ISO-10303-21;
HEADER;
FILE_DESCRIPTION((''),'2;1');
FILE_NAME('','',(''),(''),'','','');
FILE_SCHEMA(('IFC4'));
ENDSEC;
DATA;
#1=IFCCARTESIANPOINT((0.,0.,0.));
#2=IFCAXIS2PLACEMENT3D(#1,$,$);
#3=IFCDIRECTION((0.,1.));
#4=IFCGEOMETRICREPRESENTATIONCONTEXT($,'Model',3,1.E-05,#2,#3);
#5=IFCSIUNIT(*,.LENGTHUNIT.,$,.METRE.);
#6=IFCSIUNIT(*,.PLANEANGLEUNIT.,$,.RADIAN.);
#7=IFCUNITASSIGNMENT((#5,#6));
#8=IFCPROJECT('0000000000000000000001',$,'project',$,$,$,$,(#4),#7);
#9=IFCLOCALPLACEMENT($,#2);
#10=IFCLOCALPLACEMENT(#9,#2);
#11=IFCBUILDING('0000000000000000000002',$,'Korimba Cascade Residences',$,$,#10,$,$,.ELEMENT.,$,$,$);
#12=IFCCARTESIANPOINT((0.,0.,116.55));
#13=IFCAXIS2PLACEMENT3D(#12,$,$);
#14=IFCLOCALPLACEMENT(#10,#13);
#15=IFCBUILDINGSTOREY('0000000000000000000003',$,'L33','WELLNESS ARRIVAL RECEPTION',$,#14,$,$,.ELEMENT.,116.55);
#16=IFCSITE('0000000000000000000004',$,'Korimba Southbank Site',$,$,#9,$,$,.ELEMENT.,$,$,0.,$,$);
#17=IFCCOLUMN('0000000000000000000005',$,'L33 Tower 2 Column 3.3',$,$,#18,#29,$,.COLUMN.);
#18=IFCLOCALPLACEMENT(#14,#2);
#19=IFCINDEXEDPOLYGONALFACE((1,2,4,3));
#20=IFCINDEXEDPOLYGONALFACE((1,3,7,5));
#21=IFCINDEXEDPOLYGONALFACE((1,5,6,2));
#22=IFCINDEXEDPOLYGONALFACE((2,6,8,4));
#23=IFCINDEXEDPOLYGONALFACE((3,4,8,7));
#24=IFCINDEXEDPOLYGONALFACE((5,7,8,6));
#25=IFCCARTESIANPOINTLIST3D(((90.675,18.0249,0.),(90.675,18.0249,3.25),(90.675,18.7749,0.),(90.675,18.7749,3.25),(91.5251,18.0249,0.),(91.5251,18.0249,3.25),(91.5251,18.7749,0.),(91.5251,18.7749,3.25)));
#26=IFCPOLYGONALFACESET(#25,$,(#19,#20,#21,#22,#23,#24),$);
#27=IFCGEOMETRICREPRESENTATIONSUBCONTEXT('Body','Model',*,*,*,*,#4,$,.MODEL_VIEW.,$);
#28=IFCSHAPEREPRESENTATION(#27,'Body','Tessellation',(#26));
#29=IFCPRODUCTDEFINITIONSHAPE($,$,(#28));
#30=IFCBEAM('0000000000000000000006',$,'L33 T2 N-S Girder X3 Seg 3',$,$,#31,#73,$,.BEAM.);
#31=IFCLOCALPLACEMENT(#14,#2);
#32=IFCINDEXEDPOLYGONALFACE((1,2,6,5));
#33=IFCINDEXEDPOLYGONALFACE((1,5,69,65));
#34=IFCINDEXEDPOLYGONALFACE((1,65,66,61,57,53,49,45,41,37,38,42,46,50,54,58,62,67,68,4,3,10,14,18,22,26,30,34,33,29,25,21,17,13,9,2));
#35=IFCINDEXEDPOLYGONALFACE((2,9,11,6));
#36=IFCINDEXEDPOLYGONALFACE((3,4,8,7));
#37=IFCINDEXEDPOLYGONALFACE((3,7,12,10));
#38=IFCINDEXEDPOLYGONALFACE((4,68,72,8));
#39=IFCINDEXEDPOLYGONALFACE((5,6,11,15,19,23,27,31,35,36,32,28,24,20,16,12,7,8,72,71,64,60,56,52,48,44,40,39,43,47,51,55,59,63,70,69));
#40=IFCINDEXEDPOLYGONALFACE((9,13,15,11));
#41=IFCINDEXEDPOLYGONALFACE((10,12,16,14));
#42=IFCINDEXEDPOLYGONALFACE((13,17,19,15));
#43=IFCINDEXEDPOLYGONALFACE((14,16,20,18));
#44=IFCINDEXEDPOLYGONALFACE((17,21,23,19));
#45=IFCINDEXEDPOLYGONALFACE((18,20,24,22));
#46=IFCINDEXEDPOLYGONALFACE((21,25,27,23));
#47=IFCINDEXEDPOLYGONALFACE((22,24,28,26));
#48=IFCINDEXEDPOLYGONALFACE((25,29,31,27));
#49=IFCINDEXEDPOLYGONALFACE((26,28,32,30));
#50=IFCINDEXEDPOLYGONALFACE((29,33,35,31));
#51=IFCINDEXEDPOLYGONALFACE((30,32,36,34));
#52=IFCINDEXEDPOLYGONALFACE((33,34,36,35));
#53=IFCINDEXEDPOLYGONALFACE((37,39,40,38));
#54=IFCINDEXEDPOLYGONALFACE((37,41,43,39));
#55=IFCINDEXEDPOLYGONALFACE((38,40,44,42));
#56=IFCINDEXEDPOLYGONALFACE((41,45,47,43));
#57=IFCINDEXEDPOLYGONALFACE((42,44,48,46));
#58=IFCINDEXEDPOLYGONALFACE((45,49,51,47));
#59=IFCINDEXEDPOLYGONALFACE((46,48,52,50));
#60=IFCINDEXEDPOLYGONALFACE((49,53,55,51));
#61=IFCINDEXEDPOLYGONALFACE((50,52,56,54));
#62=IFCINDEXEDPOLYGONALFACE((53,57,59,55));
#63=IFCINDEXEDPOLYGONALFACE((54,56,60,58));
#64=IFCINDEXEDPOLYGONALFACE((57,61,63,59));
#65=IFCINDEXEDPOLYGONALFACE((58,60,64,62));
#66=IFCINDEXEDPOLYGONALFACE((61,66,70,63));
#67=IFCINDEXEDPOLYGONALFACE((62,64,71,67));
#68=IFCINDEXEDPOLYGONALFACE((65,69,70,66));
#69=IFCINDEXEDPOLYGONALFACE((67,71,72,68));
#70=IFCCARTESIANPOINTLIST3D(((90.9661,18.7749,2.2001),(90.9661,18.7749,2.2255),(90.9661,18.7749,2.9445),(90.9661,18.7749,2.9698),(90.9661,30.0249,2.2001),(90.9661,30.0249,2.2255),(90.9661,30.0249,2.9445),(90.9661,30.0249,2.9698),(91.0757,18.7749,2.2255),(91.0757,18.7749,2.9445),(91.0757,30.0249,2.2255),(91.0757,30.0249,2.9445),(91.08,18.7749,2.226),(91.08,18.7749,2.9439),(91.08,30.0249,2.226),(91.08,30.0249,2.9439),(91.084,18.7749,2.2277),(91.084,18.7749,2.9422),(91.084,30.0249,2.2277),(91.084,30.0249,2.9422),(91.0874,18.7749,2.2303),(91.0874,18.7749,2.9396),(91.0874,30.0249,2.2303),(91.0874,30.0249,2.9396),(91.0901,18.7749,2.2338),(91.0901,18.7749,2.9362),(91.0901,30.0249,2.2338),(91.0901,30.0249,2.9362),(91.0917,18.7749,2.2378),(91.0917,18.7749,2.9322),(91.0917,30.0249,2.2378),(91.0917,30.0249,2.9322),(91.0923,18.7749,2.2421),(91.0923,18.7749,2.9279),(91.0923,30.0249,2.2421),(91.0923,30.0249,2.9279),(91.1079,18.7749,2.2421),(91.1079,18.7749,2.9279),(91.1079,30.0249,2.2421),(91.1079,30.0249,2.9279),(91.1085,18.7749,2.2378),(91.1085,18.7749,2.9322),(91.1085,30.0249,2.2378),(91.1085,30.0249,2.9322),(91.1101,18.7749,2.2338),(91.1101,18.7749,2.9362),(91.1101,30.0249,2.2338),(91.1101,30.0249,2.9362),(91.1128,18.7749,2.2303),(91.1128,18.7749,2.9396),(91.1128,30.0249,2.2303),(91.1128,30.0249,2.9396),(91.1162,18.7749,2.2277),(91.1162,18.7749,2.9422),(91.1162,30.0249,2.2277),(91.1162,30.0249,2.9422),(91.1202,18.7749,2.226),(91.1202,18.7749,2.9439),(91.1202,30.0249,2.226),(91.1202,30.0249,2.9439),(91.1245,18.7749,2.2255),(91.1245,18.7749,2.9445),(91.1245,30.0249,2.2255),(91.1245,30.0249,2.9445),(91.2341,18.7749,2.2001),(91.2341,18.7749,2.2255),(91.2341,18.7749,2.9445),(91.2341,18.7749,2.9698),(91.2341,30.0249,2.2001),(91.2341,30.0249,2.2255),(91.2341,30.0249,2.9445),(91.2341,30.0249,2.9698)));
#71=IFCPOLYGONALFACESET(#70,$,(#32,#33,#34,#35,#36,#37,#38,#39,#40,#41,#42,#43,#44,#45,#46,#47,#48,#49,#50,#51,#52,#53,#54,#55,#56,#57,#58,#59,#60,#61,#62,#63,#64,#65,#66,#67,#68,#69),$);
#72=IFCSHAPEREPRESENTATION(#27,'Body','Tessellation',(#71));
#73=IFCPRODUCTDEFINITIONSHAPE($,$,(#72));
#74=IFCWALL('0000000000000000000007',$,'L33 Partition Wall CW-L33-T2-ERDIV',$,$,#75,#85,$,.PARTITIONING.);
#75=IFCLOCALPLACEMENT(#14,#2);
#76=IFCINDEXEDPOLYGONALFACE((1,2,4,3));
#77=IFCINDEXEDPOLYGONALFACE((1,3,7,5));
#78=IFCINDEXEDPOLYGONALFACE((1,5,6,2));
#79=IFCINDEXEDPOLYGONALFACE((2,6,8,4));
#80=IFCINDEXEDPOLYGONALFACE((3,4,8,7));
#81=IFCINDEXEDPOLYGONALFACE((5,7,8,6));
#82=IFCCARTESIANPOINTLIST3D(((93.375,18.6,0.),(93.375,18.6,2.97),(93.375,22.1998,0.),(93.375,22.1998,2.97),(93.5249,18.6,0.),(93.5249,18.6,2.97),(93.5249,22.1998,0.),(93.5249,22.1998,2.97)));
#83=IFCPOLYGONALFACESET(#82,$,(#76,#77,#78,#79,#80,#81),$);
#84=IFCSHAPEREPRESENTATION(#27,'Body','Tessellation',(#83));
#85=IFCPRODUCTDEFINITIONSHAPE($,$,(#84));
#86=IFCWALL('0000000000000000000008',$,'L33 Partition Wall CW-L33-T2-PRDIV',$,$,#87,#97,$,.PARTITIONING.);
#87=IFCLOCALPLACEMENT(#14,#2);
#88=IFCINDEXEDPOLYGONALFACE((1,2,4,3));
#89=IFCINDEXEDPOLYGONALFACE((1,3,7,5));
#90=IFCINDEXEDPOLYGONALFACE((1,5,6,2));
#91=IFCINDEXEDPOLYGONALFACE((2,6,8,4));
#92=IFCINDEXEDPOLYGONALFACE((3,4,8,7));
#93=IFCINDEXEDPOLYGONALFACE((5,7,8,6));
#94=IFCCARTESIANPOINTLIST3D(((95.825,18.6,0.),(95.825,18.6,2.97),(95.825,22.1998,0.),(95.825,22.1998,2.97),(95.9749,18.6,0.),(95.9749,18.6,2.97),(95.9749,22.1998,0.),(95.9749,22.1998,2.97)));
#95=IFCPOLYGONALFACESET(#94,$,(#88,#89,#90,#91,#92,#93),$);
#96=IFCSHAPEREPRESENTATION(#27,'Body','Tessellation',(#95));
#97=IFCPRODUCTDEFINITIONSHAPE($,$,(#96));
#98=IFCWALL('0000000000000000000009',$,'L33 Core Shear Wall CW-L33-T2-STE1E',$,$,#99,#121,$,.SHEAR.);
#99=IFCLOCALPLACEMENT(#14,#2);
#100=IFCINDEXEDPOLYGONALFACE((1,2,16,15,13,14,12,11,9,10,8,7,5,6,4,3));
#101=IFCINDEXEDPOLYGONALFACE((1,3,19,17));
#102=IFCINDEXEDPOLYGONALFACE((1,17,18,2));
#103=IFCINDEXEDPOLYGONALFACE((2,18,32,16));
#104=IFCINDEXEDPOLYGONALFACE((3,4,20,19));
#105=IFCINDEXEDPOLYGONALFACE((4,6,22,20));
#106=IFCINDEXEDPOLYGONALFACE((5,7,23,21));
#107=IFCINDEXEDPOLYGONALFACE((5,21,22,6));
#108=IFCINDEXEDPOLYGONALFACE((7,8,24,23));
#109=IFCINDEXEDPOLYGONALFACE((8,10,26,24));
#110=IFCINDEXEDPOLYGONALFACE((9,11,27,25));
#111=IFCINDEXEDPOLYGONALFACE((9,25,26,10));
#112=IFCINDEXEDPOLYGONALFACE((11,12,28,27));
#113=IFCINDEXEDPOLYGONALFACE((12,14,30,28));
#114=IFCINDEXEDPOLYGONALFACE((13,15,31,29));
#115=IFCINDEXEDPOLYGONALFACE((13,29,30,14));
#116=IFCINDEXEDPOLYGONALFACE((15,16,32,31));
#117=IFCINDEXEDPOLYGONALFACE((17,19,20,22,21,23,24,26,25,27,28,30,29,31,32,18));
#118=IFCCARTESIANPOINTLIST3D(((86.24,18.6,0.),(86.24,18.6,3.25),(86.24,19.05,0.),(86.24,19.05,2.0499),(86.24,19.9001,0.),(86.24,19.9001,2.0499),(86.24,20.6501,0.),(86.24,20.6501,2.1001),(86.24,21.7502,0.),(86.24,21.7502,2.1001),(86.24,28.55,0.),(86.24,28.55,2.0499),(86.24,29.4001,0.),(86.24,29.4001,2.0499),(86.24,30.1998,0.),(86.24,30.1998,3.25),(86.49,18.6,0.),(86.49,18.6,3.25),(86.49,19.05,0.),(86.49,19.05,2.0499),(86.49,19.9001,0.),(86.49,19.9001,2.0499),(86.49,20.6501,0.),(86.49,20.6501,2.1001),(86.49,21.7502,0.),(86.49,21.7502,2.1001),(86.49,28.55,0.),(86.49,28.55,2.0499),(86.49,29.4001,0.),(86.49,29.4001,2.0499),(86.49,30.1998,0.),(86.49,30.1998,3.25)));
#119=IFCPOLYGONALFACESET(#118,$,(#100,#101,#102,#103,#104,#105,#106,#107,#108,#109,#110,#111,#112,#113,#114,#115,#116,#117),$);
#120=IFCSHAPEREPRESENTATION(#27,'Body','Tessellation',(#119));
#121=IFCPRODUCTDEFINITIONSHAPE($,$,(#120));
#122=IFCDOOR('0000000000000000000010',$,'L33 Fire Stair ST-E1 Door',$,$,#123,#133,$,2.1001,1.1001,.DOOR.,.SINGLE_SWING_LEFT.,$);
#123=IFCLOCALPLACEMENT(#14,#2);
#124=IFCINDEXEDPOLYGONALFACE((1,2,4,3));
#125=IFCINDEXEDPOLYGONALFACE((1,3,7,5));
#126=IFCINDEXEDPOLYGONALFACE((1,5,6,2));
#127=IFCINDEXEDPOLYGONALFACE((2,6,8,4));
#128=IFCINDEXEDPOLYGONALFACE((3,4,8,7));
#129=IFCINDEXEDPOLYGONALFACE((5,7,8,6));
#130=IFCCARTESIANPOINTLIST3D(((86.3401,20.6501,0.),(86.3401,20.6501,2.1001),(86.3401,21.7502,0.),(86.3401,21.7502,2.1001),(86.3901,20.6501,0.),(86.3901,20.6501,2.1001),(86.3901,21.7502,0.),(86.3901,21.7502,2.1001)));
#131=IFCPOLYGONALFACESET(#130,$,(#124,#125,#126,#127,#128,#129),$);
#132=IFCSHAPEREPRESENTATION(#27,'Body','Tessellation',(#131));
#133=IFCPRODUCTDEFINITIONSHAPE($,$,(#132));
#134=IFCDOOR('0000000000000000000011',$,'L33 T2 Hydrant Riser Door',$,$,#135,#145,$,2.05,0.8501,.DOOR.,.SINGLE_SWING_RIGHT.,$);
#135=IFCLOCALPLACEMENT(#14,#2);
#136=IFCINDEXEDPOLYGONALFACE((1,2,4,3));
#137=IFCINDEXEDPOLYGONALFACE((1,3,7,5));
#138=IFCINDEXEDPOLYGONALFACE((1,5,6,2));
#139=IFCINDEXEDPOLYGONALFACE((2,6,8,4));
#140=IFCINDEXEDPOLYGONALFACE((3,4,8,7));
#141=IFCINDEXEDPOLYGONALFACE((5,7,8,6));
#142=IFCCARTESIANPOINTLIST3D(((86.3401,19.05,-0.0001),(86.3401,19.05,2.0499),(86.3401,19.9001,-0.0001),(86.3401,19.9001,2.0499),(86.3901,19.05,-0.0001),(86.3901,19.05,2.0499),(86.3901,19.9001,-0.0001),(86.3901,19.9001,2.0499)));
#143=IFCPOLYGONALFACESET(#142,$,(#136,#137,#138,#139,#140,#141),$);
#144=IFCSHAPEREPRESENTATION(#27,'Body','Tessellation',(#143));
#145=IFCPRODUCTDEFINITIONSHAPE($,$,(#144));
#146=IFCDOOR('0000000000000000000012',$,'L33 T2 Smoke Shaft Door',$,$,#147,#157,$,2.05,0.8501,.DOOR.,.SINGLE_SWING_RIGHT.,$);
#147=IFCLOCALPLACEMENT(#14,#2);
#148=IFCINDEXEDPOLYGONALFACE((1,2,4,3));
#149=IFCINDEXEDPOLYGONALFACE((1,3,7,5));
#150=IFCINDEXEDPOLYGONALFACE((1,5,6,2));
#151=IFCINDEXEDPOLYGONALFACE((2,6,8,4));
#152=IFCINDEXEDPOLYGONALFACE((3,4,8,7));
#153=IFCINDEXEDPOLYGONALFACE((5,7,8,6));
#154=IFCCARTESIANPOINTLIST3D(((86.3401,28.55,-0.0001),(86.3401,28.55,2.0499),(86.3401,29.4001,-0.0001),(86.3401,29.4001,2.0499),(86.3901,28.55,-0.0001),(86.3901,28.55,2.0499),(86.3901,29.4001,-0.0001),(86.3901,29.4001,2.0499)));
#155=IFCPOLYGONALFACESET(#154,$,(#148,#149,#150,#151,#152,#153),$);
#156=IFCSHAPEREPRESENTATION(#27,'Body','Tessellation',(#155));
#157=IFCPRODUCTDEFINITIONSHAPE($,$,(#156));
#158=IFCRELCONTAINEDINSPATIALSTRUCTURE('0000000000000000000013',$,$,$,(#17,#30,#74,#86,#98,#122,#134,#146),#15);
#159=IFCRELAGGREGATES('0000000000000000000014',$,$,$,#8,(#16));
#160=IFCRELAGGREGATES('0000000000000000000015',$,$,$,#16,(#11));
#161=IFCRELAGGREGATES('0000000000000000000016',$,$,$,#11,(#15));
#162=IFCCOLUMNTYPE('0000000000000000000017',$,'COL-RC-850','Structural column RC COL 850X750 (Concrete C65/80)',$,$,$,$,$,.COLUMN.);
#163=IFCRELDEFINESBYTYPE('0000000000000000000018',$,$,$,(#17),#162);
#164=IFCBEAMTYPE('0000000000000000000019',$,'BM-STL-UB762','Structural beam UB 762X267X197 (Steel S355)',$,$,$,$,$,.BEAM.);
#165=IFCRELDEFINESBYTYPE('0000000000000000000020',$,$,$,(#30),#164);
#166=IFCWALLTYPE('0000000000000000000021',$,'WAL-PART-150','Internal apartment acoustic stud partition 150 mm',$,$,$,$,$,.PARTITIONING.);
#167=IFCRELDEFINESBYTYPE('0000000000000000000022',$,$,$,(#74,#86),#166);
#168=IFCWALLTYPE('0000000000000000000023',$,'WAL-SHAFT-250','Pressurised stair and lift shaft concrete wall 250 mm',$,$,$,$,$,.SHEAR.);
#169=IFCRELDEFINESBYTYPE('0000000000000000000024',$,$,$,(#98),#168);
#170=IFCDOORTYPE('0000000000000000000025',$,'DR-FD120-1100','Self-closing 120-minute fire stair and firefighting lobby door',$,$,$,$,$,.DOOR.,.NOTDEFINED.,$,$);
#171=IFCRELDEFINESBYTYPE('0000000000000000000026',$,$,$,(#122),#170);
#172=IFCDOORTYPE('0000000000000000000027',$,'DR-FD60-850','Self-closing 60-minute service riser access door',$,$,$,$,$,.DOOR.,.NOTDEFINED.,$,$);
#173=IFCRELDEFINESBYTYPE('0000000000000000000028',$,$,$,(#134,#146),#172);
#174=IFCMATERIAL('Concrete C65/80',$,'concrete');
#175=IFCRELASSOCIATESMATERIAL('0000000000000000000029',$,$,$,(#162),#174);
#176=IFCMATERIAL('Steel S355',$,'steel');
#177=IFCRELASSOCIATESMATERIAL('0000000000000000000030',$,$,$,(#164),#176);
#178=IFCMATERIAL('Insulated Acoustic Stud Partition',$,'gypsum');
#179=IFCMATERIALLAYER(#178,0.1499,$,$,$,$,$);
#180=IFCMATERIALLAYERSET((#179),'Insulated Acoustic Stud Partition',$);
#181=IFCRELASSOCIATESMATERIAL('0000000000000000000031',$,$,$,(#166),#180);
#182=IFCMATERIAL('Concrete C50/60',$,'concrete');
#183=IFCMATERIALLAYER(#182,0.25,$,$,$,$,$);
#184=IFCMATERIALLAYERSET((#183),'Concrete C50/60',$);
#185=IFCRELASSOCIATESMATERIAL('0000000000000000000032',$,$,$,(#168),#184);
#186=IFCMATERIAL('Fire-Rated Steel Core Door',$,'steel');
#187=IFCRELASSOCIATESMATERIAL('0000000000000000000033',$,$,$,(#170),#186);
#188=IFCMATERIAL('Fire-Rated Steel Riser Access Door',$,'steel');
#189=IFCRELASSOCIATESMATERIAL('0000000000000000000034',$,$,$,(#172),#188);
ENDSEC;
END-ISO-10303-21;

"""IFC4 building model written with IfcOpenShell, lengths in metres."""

from ifc_helpers import new_model, si_unit, direction, frame, frame_2d, origin, origin_2d, place, context, subcontext, project, spatial, rectangle, i_section, extrude, material, layer, layer_set, material_profile, profile_set, type_object, element, fill, save


model = new_model("IFC4")

# Units and contexts
model_context = context("Model", 3, precision=1e-05, world=origin(), true_north=direction((0.0, 1.0)))
body_context = subcontext(model_context, "Body", "Model", "MODEL_VIEW")
ifc_project = project(units=[si_unit("LENGTHUNIT", "METRE"), si_unit("PLANEANGLEUNIT", "RADIAN")], contexts=[model_context])

# Site, building, storey
site_placement = place(None, origin())
site = spatial("IfcSite", under=ifc_project, at=site_placement, Name="Korimba Southbank Site", CompositionType="ELEMENT", RefElevation=0.0)
building_placement = place(site_placement, origin())
building = spatial("IfcBuilding", under=site, at=building_placement, Name="Korimba Cascade Residences", CompositionType="ELEMENT")
storey_placement = place(building_placement, frame((0.0, 0.0, 116.55)))
storey = spatial("IfcBuildingStorey", under=building, at=storey_placement, Name="L33", Description="WELLNESS ARRIVAL RECEPTION", CompositionType="ELEMENT", Elevation=116.55)

# Column
ifc_material_1 = material(Name="Concrete C65/80", Category="concrete")
ifc_material_profile_1 = material_profile(ifc_material_1, rectangle(XDim=0.8501, YDim=0.75, at=origin_2d()), Name="Concrete C65/80")
ifc_profile_set_1 = profile_set([ifc_material_profile_1], Name="Concrete C65/80")
column_type = type_object("IfcColumnType", Name="COL-RC-850", Description="Structural column RC COL 850X750 (Concrete C65/80)", PredefinedType="COLUMN", material=ifc_profile_set_1)
column_placement = place(storey_placement, frame((91.1001, 18.3999, 0.0), z_axis=(0.0, 0.0, 1.0), x_axis=(1.0, 0.0, 0.0)))
element("IfcColumn", 1, at=column_placement, inside=storey, type_object=column_type, Name="L33 Tower 2 Column 3.3", PredefinedType="COLUMN", context=body_context, shape_type="SweptSolid", body=[
    extrude(rectangle(XDim=0.8501, YDim=0.75, at=origin_2d()), origin(), (0.0, 0.0, 1.0), 3.25),
])

# Beam
ifc_material_2 = material(Name="Steel S355", Category="steel")
ifc_material_profile_2 = material_profile(ifc_material_2, i_section(OverallWidth=0.2681, OverallDepth=0.7698, WebThickness=0.0156, FlangeThickness=0.0254, FilletRadius=0.0166, at=origin_2d()), Name="Steel S355")
ifc_profile_set_2 = profile_set([ifc_material_profile_2], Name="Steel S355")
beam_type = type_object("IfcBeamType", Name="BM-STL-UB762", Description="Structural beam UB 762X267X197 (Steel S355)", PredefinedType="BEAM", material=ifc_profile_set_2)
beam_placement = place(storey_placement, frame((91.1001, 18.7749, 2.585), z_axis=(0.0, 1.0, 0.0), x_axis=(-1.0, 0.0, 0.0)))
element("IfcBeam", 2, at=beam_placement, inside=storey, type_object=beam_type, Name="L33 T2 N-S Girder X3 Seg 3", PredefinedType="BEAM", context=body_context, shape_type="SweptSolid", body=[
    extrude(i_section(OverallWidth=0.2681, OverallDepth=0.7698, WebThickness=0.0156, FlangeThickness=0.0254, FilletRadius=0.0166, at=origin_2d()), origin(), (0.0, 0.0, 1.0), 11.25),
])

# Walls
ifc_material_3 = material(Name="Insulated Acoustic Stud Partition", Category="gypsum")
ifc_layer_1 = layer(ifc_material_3, 0.1499)
ifc_layer_set_1 = layer_set([ifc_layer_1], Name="Insulated Acoustic Stud Partition")
wall_type_1 = type_object("IfcWallType", Name="WAL-PART-150", Description="Internal apartment acoustic stud partition 150 mm", PredefinedType="PARTITIONING", material=ifc_layer_set_1)
for number, where, z_axis, x_axis, name in (
    (3, (93.45, 18.6001, 0.0), (0.0, 0.0, 1.0), (0.0, 1.0, 0.0), "L33 Partition Wall CW-L33-T2-ERDIV"),
    (4, (95.8999, 18.6001, 0.0), (0.0, 0.0, 1.0), (0.0, 1.0, 0.0), "L33 Partition Wall CW-L33-T2-PRDIV"),
):
    element("IfcWall", number, at=place(storey_placement, frame(where, z_axis=z_axis, x_axis=x_axis)), inside=storey, type_object=wall_type_1, Name=name, PredefinedType="PARTITIONING", context=body_context, shape_type="SweptSolid", body=[
        extrude(rectangle(XDim=3.5999, YDim=0.1499, at=frame_2d((1.7998, 0.0))), origin(), (0.0, 0.0, 1.0), 2.97),
    ])

# Wall, openings, doors
ifc_material_4 = material(Name="Concrete C50/60", Category="concrete")
ifc_layer_2 = layer(ifc_material_4, 0.25)
ifc_layer_set_2 = layer_set([ifc_layer_2], Name="Concrete C50/60")
wall_type_2 = type_object("IfcWallType", Name="WAL-SHAFT-250", Description="Pressurised stair and lift shaft concrete wall 250 mm", PredefinedType="SHEAR", material=ifc_layer_set_2)
wall_1_placement = place(storey_placement, frame((86.365, 18.6001, 0.0), z_axis=(0.0, 0.0, 1.0), x_axis=(0.0, 1.0, 0.0)))
wall_1 = element("IfcWall", 5, at=wall_1_placement, inside=storey, type_object=wall_type_2, Name="L33 Core Shear Wall CW-L33-T2-STE1E", PredefinedType="SHEAR", context=body_context, shape_type="SweptSolid", body=[
    extrude(rectangle(XDim=11.5999, YDim=0.25, at=frame_2d((5.7998, 0.0))), origin(), (0.0, 0.0, 1.0), 3.25),
])
opening_1_placement = place(wall_1_placement, frame((0.45, 0.0, 0.0)))
opening_1 = element("IfcOpeningElement", 6, at=opening_1_placement, cuts=wall_1, PredefinedType="OPENING", context=body_context, shape_type="SweptSolid", body=[
    extrude(rectangle(XDim=0.8501, YDim=2.05, at=frame_2d((0.425, 1.0249))), frame((0.0, 0.135, 0.0), z_axis=(0.0, -1.0, 0.0), x_axis=(1.0, 0.0, 0.0)), (0.0, 0.0, 1.0), 0.27),
])
opening_2_placement = place(wall_1_placement, frame((2.05, 0.0, 0.0)))
opening_2 = element("IfcOpeningElement", 7, at=opening_2_placement, cuts=wall_1, PredefinedType="OPENING", context=body_context, shape_type="SweptSolid", body=[
    extrude(rectangle(XDim=1.1001, YDim=2.1001, at=frame_2d((0.55, 1.05))), frame((0.0, 0.135, 0.0), z_axis=(0.0, -1.0, 0.0), x_axis=(1.0, 0.0, 0.0)), (0.0, 0.0, 1.0), 0.27),
])
opening_3_placement = place(wall_1_placement, frame((9.95, 0.0, 0.0)))
opening_3 = element("IfcOpeningElement", 8, at=opening_3_placement, cuts=wall_1, PredefinedType="OPENING", context=body_context, shape_type="SweptSolid", body=[
    extrude(rectangle(XDim=0.8501, YDim=2.05, at=frame_2d((0.425, 1.0249))), frame((0.0, 0.135, 0.0), z_axis=(0.0, -1.0, 0.0), x_axis=(1.0, 0.0, 0.0)), (0.0, 0.0, 1.0), 0.27),
])
ifc_material_5 = material(Name="Fire-Rated Steel Core Door", Category="steel")
door_type_1 = type_object("IfcDoorType", Name="DR-FD120-1100", Description="Self-closing 120-minute fire stair and firefighting lobby door", OperationType="NOTDEFINED", PredefinedType="DOOR", material=ifc_material_5)
door_1_placement = place(opening_2_placement, origin())
door_1 = element("IfcDoor", 9, at=door_1_placement, inside=storey, type_object=door_type_1, Name="L33 Fire Stair ST-E1 Door", OperationType="SINGLE_SWING_LEFT", OverallHeight=2.1001, OverallWidth=1.1001, PredefinedType="DOOR", context=body_context, shape_type="SweptSolid", body=[
    extrude(rectangle(XDim=1.1001, YDim=2.1001, at=frame_2d((0.55, 1.05))), frame((0.0, 0.0249, 0.0), z_axis=(0.0, -1.0, 0.0), x_axis=(1.0, 0.0, 0.0)), (0.0, 0.0, 1.0), 0.05),
])
fill(opening_2, door_1)
ifc_material_6 = material(Name="Fire-Rated Steel Riser Access Door", Category="steel")
door_type_2 = type_object("IfcDoorType", Name="DR-FD60-850", Description="Self-closing 60-minute service riser access door", OperationType="NOTDEFINED", PredefinedType="DOOR", material=ifc_material_6)
door_2_placement = place(opening_1_placement, origin())
door_2 = element("IfcDoor", 10, at=door_2_placement, inside=storey, type_object=door_type_2, Name="L33 T2 Hydrant Riser Door", OperationType="SINGLE_SWING_RIGHT", OverallHeight=2.05, OverallWidth=0.8501, PredefinedType="DOOR", context=body_context, shape_type="SweptSolid", body=[
    extrude(rectangle(XDim=0.8501, YDim=2.05, at=frame_2d((0.425, 1.0249))), frame((0.0, 0.0249, 0.0), z_axis=(0.0, -1.0, 0.0), x_axis=(1.0, 0.0, 0.0)), (0.0, 0.0, 1.0), 0.05),
])
fill(opening_1, door_2)
door_3_placement = place(opening_3_placement, origin())
door_3 = element("IfcDoor", 11, at=door_3_placement, inside=storey, type_object=door_type_2, Name="L33 T2 Smoke Shaft Door", OperationType="SINGLE_SWING_RIGHT", OverallHeight=2.05, OverallWidth=0.8501, PredefinedType="DOOR", context=body_context, shape_type="SweptSolid", body=[
    extrude(rectangle(XDim=0.8501, YDim=2.05, at=frame_2d((0.425, 1.0249))), frame((0.0, 0.0249, 0.0), z_axis=(0.0, -1.0, 0.0), x_axis=(1.0, 0.0, 0.0)), (0.0, 0.0, 1.0), 0.05),
])
fill(opening_3, door_3)

save(model, "model.ifc")
